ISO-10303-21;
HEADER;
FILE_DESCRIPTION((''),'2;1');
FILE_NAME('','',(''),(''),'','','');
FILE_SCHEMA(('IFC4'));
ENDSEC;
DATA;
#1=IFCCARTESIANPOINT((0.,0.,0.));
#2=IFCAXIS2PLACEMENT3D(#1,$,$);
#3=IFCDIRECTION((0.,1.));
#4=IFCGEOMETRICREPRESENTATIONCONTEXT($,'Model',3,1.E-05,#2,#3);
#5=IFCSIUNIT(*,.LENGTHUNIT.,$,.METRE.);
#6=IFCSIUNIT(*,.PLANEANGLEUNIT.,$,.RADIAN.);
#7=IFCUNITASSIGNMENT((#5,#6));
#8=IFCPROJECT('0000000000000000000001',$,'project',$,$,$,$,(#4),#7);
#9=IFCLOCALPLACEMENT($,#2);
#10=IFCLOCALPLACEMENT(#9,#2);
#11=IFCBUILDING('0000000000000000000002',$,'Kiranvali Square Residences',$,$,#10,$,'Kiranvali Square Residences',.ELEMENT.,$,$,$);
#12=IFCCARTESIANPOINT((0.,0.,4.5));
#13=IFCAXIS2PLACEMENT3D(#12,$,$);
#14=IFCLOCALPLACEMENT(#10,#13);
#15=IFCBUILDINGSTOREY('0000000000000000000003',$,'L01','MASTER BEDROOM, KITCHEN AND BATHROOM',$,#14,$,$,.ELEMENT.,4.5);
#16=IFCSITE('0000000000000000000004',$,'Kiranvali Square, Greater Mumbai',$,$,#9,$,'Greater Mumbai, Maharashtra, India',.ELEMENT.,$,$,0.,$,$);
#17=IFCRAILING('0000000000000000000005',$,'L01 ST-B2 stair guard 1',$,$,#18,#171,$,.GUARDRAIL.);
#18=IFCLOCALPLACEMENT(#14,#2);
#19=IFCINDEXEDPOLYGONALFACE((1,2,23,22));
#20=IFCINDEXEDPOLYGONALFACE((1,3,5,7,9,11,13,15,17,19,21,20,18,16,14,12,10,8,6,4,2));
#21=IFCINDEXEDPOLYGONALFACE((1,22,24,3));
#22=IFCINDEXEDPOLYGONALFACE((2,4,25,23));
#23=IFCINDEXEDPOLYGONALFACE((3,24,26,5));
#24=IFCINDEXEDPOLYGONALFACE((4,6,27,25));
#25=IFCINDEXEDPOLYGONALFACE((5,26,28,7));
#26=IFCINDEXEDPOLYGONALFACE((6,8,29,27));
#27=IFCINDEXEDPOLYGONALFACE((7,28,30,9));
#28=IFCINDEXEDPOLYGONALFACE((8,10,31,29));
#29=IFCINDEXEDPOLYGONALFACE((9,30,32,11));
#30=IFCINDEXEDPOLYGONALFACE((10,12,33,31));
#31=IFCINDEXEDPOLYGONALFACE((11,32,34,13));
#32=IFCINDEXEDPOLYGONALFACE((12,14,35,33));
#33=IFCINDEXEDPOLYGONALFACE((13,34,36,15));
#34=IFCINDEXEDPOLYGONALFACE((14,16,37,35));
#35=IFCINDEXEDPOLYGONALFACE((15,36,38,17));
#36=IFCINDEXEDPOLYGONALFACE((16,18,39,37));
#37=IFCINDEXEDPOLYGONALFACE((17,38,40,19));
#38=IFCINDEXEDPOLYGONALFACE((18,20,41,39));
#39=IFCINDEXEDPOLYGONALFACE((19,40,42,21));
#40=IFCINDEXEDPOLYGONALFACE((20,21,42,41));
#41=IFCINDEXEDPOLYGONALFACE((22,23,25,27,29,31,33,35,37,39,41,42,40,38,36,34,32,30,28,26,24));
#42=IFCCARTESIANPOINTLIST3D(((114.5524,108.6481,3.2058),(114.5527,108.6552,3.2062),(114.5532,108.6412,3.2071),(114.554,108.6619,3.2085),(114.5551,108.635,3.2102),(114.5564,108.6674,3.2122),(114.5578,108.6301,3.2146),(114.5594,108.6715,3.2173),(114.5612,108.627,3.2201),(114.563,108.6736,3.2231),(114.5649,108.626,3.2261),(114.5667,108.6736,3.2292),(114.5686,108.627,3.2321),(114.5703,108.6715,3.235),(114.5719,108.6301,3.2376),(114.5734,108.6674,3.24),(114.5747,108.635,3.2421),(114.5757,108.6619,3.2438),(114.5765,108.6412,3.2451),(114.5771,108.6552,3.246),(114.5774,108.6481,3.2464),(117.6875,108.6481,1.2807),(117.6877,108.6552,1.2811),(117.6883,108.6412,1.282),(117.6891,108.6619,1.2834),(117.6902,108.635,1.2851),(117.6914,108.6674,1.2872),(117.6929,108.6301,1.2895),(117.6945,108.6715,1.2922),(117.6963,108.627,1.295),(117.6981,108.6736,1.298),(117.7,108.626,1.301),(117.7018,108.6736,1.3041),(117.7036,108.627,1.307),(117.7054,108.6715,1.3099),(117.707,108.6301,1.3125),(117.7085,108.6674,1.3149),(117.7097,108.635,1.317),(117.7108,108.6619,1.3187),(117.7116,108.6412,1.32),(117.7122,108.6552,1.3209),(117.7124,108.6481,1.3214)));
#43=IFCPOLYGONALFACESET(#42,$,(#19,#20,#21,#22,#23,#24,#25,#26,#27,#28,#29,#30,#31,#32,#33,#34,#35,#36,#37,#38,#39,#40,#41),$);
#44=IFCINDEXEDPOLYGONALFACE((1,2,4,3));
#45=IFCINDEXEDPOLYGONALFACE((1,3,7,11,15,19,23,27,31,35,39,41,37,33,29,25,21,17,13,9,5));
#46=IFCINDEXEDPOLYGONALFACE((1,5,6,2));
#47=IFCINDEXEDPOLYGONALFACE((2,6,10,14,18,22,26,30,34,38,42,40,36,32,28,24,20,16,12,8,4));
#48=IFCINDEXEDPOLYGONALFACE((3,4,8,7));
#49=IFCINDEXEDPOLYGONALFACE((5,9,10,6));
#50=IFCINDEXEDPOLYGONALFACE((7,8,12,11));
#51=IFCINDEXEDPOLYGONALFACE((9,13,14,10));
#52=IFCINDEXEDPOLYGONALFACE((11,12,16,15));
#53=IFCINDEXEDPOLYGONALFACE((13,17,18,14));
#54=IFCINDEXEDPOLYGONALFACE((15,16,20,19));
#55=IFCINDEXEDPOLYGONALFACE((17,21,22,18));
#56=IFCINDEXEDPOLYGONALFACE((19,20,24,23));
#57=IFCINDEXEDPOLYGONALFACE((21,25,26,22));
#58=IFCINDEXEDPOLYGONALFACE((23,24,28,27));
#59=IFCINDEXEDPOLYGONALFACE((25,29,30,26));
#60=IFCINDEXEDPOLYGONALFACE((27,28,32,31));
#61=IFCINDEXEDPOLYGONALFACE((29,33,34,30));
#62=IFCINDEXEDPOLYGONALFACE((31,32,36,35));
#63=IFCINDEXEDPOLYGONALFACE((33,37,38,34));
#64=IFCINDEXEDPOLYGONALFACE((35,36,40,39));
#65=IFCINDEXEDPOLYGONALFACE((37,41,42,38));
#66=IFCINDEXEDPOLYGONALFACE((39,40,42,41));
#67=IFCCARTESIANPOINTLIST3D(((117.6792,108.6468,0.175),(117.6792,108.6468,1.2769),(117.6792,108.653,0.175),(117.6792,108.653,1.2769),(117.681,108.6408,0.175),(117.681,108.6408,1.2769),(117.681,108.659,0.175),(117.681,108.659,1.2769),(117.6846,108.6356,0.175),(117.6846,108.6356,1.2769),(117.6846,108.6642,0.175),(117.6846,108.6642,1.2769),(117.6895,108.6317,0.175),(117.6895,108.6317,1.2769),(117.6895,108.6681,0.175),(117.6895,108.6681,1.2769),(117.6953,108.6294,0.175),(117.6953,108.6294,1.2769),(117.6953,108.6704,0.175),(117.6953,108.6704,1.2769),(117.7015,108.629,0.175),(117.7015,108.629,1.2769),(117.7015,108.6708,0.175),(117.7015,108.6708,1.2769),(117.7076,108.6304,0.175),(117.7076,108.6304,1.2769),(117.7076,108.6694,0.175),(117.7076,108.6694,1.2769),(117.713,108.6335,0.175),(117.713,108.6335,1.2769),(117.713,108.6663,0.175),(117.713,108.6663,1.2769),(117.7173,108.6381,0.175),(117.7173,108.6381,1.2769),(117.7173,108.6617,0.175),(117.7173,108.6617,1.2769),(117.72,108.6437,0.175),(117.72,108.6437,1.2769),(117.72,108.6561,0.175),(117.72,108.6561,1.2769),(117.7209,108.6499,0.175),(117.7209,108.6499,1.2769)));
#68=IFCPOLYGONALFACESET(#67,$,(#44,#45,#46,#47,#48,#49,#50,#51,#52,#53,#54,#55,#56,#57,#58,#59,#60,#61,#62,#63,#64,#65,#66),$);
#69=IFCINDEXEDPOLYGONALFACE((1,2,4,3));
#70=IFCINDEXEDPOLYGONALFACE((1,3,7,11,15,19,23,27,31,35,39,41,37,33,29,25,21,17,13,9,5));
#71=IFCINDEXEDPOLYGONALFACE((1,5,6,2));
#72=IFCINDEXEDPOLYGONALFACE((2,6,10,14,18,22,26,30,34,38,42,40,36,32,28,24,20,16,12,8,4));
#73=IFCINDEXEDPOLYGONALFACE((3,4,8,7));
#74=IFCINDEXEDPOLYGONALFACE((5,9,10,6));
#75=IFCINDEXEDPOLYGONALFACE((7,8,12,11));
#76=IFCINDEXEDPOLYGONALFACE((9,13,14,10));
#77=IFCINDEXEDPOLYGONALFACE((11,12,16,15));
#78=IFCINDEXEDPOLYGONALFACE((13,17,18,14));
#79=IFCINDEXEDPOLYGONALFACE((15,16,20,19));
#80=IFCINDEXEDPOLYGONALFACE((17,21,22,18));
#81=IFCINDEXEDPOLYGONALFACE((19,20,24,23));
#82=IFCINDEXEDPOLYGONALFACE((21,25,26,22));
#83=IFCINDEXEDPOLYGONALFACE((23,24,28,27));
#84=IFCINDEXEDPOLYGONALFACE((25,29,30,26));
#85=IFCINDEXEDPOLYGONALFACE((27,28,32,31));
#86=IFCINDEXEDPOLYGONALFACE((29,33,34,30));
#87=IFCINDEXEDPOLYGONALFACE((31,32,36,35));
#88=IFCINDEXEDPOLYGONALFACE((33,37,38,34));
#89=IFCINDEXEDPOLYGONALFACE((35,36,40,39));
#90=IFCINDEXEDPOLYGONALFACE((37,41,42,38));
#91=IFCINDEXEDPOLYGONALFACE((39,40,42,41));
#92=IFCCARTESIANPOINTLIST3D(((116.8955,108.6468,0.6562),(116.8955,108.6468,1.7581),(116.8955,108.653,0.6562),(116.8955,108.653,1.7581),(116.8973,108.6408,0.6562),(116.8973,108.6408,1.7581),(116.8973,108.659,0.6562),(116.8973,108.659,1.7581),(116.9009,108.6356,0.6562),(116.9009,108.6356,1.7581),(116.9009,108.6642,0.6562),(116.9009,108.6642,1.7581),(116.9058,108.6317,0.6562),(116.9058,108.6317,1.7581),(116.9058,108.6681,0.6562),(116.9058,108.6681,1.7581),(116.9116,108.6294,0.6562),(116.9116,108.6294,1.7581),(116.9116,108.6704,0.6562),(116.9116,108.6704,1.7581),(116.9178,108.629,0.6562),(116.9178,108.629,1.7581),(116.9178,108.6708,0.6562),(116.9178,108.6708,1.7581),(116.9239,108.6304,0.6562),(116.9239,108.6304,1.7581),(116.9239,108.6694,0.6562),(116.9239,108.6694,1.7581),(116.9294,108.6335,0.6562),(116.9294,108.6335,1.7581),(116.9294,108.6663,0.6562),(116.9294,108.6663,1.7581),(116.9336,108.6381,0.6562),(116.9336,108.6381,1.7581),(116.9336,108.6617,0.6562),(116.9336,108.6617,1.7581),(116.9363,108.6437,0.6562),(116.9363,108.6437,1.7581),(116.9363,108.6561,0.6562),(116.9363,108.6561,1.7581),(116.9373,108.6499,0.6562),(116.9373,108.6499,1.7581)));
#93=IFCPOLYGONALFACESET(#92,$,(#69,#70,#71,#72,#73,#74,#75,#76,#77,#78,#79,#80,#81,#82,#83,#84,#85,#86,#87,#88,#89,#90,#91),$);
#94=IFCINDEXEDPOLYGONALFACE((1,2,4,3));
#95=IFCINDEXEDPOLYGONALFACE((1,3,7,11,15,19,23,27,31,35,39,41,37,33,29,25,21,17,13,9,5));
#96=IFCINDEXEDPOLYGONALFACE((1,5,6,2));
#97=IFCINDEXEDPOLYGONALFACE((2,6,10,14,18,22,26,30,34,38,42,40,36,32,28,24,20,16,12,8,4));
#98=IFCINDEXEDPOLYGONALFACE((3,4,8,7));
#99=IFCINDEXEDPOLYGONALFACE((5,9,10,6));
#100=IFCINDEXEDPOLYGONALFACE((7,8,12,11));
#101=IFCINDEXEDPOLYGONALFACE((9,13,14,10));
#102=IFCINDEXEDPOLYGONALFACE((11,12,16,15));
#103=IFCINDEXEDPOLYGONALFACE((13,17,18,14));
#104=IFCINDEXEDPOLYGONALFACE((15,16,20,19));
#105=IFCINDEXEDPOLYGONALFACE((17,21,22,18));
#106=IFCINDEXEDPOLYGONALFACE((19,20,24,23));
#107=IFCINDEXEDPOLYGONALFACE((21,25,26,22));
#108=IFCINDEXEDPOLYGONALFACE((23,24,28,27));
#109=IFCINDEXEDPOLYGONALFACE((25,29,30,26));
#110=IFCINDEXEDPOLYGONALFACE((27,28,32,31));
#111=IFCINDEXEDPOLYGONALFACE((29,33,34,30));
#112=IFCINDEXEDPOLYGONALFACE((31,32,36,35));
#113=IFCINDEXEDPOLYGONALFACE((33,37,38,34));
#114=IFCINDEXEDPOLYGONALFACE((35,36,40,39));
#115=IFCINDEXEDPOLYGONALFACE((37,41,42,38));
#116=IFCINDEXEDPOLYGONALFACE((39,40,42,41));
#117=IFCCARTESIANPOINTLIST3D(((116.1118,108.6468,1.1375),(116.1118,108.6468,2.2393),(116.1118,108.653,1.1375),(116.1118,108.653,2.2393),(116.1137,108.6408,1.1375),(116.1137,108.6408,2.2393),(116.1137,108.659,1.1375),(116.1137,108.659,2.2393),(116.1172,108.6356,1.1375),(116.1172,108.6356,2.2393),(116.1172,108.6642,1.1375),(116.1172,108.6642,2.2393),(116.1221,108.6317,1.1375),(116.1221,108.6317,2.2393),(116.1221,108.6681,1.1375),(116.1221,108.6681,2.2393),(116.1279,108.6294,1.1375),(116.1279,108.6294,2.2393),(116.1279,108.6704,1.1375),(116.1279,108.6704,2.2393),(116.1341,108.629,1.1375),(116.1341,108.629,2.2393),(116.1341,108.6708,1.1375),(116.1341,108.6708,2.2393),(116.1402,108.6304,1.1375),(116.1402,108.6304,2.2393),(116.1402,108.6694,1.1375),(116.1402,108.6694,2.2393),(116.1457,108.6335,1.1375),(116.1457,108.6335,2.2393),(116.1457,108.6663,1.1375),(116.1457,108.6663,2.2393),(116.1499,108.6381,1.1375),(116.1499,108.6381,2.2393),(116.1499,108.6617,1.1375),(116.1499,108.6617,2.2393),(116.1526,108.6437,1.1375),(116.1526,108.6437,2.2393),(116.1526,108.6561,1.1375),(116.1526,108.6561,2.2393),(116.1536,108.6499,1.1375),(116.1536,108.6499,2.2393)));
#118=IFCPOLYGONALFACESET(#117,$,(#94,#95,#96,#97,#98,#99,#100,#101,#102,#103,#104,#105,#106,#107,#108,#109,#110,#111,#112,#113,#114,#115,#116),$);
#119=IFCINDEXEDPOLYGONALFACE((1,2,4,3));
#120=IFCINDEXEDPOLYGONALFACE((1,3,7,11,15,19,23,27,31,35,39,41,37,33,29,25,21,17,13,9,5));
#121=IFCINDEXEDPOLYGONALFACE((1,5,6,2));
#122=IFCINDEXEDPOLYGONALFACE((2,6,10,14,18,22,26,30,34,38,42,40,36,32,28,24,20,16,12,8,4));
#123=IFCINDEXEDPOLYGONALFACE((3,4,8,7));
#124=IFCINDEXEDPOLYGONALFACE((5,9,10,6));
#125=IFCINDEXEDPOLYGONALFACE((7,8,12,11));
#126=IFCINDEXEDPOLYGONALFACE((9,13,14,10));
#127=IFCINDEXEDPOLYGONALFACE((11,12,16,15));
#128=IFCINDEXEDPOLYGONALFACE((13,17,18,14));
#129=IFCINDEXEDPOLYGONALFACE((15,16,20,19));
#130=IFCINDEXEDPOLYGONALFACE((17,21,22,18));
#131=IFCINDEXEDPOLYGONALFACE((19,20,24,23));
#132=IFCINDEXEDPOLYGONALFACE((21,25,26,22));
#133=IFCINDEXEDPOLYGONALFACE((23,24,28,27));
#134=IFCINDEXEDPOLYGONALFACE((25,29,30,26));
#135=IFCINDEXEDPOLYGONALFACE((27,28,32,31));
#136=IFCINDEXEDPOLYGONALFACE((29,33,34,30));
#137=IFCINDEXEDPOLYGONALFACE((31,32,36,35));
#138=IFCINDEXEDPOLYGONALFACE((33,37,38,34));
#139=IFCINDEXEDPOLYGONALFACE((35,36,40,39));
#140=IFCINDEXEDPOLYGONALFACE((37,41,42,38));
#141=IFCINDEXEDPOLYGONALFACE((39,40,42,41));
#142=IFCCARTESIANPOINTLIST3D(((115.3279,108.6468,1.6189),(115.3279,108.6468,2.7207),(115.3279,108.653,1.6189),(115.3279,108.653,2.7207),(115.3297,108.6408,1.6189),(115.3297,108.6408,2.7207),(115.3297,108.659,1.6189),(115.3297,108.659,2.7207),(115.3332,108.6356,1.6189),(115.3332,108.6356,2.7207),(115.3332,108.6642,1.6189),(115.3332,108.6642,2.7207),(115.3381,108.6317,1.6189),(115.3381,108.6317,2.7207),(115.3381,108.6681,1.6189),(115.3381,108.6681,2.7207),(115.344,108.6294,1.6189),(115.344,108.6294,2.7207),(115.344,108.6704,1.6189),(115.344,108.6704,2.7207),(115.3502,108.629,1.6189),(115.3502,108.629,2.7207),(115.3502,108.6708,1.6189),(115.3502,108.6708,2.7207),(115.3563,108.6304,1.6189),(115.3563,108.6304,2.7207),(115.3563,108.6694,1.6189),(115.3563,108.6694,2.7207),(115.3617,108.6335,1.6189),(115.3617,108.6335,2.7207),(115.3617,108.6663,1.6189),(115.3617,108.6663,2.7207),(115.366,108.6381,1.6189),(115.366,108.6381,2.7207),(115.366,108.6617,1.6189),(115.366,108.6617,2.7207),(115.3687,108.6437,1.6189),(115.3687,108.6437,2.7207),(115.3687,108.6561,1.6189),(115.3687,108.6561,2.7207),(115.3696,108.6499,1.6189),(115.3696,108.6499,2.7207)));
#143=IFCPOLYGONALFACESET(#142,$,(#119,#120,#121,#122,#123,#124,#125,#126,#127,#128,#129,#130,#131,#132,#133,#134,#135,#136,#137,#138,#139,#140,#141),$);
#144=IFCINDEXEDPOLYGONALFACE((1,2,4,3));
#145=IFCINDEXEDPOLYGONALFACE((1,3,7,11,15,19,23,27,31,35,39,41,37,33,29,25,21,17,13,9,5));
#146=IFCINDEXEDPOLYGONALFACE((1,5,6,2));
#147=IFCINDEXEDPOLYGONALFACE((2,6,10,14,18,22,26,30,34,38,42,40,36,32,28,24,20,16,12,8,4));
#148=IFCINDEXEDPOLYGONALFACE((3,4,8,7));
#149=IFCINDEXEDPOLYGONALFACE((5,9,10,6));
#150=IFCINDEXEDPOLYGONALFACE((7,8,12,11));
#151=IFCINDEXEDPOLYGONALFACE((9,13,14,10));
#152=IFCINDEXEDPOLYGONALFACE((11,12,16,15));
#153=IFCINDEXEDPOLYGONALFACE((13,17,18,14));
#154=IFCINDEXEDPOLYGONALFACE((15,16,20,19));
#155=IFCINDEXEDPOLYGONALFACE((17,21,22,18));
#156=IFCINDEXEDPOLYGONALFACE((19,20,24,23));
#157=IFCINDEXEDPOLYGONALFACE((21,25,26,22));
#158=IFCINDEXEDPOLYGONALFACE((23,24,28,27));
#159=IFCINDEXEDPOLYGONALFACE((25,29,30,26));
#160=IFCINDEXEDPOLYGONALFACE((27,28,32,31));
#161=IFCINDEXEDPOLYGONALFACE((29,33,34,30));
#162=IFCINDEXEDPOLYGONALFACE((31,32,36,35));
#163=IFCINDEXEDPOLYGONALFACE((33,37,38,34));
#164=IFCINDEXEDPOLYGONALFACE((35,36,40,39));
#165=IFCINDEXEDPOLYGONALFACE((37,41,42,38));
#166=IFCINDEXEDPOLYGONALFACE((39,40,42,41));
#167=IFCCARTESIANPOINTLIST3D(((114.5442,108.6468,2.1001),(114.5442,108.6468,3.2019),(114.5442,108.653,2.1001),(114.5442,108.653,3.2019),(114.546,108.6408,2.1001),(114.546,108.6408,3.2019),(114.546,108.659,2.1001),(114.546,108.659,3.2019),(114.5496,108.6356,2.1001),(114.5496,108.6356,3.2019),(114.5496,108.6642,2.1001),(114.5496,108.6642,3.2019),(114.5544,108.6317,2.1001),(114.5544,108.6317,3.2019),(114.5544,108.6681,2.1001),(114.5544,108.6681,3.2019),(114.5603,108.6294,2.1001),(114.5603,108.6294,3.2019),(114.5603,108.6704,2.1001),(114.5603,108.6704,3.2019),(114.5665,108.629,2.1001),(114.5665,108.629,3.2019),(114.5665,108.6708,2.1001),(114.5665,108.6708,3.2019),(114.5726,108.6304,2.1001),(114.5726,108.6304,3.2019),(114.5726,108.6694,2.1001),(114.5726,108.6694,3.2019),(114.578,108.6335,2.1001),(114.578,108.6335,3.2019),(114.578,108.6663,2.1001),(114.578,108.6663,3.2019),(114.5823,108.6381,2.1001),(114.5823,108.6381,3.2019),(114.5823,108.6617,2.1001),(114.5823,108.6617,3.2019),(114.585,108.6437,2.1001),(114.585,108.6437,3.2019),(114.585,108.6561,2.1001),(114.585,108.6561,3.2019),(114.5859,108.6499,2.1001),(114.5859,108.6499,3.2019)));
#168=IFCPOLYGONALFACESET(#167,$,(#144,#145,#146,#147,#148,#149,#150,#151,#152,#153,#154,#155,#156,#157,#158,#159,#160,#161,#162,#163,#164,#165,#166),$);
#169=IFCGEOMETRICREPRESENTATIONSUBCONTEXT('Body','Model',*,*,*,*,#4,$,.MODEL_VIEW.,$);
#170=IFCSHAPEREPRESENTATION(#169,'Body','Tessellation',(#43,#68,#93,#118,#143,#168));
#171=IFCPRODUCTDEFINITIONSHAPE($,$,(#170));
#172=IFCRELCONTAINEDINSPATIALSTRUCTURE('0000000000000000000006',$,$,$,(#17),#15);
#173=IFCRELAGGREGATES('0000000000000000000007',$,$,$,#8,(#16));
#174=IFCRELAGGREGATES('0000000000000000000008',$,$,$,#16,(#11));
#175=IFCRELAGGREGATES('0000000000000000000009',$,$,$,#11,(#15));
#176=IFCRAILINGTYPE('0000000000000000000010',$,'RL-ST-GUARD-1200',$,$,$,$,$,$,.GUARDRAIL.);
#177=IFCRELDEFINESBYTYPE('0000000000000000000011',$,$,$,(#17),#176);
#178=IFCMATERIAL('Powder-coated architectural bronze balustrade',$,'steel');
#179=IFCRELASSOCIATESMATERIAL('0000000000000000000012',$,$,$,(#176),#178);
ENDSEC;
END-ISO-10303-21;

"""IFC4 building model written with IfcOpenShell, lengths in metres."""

from ifc_helpers import new_model, si_unit, direction, frame, origin, origin_2d, place, context, subcontext, project, spatial, circle, extrude, material, type_object, element, save


model = new_model("IFC4")

# Units and contexts
model_context = context("Model", 3, precision=1e-05, world=origin(), true_north=direction((0.0, 1.0)))
body_context = subcontext(model_context, "Body", "Model", "MODEL_VIEW")
ifc_project = project(units=[si_unit("LENGTHUNIT", "METRE"), si_unit("PLANEANGLEUNIT", "RADIAN")], contexts=[model_context])

# Site, building, storey
site_placement = place(None, origin())
site = spatial("IfcSite", under=ifc_project, at=site_placement, Name="Kiranvali Square, Greater Mumbai", LongName="Greater Mumbai, Maharashtra, India", CompositionType="ELEMENT", RefElevation=0.0)
building_placement = place(site_placement, origin())
building = spatial("IfcBuilding", under=site, at=building_placement, Name="Kiranvali Square Residences", LongName="Kiranvali Square Residences", CompositionType="ELEMENT")
storey_placement = place(building_placement, frame((0.0, 0.0, 4.5)))
storey = spatial("IfcBuildingStorey", under=building, at=storey_placement, Name="L01", Description="MASTER BEDROOM, KITCHEN AND BATHROOM", CompositionType="ELEMENT", Elevation=4.5)

# Railing
ifc_material_1 = material(Name="Powder-coated architectural bronze balustrade", Category="steel")
railing_type_1 = type_object("IfcRailingType", Name="RL-ST-GUARD-1200", PredefinedType="GUARDRAIL", material=ifc_material_1)
railing_1_placement = place(storey_placement, frame((117.7, 108.6499, 0.175)))
element("IfcRailing", 1, at=railing_1_placement, inside=storey, type_object=railing_type_1, Name="L01 ST-B2 stair guard 1", PredefinedType="GUARDRAIL", context=body_context, shape_type="SweptSolid", body=[
    extrude(circle(Radius=0.0239, at=origin_2d()), frame((0.0, 0.0, 1.126), z_axis=(-0.852166, 0.0, 0.523271), x_axis=(0.0, -1.0, 0.0)), (0.0, 0.0, 1.0), 3.679),
    extrude(circle(Radius=0.021, at=origin_2d()), origin(), (0.0, 0.0, 1.0), 1.1018),
    extrude(circle(Radius=0.021, at=origin_2d()), frame((-0.7837, 0.0, 0.4812)), (0.0, 0.0, 1.0), 1.1018),
    extrude(circle(Radius=0.021, at=origin_2d()), frame((-1.5674, 0.0, 0.9624)), (0.0, 0.0, 1.0), 1.1018),
    extrude(circle(Radius=0.021, at=origin_2d()), frame((-2.3513, 0.0, 1.4438)), (0.0, 0.0, 1.0), 1.1018),
    extrude(circle(Radius=0.021, at=origin_2d()), frame((-3.135, 0.0, 1.925)), (0.0, 0.0, 1.0), 1.1018),
])

save(model, "model.ifc")
